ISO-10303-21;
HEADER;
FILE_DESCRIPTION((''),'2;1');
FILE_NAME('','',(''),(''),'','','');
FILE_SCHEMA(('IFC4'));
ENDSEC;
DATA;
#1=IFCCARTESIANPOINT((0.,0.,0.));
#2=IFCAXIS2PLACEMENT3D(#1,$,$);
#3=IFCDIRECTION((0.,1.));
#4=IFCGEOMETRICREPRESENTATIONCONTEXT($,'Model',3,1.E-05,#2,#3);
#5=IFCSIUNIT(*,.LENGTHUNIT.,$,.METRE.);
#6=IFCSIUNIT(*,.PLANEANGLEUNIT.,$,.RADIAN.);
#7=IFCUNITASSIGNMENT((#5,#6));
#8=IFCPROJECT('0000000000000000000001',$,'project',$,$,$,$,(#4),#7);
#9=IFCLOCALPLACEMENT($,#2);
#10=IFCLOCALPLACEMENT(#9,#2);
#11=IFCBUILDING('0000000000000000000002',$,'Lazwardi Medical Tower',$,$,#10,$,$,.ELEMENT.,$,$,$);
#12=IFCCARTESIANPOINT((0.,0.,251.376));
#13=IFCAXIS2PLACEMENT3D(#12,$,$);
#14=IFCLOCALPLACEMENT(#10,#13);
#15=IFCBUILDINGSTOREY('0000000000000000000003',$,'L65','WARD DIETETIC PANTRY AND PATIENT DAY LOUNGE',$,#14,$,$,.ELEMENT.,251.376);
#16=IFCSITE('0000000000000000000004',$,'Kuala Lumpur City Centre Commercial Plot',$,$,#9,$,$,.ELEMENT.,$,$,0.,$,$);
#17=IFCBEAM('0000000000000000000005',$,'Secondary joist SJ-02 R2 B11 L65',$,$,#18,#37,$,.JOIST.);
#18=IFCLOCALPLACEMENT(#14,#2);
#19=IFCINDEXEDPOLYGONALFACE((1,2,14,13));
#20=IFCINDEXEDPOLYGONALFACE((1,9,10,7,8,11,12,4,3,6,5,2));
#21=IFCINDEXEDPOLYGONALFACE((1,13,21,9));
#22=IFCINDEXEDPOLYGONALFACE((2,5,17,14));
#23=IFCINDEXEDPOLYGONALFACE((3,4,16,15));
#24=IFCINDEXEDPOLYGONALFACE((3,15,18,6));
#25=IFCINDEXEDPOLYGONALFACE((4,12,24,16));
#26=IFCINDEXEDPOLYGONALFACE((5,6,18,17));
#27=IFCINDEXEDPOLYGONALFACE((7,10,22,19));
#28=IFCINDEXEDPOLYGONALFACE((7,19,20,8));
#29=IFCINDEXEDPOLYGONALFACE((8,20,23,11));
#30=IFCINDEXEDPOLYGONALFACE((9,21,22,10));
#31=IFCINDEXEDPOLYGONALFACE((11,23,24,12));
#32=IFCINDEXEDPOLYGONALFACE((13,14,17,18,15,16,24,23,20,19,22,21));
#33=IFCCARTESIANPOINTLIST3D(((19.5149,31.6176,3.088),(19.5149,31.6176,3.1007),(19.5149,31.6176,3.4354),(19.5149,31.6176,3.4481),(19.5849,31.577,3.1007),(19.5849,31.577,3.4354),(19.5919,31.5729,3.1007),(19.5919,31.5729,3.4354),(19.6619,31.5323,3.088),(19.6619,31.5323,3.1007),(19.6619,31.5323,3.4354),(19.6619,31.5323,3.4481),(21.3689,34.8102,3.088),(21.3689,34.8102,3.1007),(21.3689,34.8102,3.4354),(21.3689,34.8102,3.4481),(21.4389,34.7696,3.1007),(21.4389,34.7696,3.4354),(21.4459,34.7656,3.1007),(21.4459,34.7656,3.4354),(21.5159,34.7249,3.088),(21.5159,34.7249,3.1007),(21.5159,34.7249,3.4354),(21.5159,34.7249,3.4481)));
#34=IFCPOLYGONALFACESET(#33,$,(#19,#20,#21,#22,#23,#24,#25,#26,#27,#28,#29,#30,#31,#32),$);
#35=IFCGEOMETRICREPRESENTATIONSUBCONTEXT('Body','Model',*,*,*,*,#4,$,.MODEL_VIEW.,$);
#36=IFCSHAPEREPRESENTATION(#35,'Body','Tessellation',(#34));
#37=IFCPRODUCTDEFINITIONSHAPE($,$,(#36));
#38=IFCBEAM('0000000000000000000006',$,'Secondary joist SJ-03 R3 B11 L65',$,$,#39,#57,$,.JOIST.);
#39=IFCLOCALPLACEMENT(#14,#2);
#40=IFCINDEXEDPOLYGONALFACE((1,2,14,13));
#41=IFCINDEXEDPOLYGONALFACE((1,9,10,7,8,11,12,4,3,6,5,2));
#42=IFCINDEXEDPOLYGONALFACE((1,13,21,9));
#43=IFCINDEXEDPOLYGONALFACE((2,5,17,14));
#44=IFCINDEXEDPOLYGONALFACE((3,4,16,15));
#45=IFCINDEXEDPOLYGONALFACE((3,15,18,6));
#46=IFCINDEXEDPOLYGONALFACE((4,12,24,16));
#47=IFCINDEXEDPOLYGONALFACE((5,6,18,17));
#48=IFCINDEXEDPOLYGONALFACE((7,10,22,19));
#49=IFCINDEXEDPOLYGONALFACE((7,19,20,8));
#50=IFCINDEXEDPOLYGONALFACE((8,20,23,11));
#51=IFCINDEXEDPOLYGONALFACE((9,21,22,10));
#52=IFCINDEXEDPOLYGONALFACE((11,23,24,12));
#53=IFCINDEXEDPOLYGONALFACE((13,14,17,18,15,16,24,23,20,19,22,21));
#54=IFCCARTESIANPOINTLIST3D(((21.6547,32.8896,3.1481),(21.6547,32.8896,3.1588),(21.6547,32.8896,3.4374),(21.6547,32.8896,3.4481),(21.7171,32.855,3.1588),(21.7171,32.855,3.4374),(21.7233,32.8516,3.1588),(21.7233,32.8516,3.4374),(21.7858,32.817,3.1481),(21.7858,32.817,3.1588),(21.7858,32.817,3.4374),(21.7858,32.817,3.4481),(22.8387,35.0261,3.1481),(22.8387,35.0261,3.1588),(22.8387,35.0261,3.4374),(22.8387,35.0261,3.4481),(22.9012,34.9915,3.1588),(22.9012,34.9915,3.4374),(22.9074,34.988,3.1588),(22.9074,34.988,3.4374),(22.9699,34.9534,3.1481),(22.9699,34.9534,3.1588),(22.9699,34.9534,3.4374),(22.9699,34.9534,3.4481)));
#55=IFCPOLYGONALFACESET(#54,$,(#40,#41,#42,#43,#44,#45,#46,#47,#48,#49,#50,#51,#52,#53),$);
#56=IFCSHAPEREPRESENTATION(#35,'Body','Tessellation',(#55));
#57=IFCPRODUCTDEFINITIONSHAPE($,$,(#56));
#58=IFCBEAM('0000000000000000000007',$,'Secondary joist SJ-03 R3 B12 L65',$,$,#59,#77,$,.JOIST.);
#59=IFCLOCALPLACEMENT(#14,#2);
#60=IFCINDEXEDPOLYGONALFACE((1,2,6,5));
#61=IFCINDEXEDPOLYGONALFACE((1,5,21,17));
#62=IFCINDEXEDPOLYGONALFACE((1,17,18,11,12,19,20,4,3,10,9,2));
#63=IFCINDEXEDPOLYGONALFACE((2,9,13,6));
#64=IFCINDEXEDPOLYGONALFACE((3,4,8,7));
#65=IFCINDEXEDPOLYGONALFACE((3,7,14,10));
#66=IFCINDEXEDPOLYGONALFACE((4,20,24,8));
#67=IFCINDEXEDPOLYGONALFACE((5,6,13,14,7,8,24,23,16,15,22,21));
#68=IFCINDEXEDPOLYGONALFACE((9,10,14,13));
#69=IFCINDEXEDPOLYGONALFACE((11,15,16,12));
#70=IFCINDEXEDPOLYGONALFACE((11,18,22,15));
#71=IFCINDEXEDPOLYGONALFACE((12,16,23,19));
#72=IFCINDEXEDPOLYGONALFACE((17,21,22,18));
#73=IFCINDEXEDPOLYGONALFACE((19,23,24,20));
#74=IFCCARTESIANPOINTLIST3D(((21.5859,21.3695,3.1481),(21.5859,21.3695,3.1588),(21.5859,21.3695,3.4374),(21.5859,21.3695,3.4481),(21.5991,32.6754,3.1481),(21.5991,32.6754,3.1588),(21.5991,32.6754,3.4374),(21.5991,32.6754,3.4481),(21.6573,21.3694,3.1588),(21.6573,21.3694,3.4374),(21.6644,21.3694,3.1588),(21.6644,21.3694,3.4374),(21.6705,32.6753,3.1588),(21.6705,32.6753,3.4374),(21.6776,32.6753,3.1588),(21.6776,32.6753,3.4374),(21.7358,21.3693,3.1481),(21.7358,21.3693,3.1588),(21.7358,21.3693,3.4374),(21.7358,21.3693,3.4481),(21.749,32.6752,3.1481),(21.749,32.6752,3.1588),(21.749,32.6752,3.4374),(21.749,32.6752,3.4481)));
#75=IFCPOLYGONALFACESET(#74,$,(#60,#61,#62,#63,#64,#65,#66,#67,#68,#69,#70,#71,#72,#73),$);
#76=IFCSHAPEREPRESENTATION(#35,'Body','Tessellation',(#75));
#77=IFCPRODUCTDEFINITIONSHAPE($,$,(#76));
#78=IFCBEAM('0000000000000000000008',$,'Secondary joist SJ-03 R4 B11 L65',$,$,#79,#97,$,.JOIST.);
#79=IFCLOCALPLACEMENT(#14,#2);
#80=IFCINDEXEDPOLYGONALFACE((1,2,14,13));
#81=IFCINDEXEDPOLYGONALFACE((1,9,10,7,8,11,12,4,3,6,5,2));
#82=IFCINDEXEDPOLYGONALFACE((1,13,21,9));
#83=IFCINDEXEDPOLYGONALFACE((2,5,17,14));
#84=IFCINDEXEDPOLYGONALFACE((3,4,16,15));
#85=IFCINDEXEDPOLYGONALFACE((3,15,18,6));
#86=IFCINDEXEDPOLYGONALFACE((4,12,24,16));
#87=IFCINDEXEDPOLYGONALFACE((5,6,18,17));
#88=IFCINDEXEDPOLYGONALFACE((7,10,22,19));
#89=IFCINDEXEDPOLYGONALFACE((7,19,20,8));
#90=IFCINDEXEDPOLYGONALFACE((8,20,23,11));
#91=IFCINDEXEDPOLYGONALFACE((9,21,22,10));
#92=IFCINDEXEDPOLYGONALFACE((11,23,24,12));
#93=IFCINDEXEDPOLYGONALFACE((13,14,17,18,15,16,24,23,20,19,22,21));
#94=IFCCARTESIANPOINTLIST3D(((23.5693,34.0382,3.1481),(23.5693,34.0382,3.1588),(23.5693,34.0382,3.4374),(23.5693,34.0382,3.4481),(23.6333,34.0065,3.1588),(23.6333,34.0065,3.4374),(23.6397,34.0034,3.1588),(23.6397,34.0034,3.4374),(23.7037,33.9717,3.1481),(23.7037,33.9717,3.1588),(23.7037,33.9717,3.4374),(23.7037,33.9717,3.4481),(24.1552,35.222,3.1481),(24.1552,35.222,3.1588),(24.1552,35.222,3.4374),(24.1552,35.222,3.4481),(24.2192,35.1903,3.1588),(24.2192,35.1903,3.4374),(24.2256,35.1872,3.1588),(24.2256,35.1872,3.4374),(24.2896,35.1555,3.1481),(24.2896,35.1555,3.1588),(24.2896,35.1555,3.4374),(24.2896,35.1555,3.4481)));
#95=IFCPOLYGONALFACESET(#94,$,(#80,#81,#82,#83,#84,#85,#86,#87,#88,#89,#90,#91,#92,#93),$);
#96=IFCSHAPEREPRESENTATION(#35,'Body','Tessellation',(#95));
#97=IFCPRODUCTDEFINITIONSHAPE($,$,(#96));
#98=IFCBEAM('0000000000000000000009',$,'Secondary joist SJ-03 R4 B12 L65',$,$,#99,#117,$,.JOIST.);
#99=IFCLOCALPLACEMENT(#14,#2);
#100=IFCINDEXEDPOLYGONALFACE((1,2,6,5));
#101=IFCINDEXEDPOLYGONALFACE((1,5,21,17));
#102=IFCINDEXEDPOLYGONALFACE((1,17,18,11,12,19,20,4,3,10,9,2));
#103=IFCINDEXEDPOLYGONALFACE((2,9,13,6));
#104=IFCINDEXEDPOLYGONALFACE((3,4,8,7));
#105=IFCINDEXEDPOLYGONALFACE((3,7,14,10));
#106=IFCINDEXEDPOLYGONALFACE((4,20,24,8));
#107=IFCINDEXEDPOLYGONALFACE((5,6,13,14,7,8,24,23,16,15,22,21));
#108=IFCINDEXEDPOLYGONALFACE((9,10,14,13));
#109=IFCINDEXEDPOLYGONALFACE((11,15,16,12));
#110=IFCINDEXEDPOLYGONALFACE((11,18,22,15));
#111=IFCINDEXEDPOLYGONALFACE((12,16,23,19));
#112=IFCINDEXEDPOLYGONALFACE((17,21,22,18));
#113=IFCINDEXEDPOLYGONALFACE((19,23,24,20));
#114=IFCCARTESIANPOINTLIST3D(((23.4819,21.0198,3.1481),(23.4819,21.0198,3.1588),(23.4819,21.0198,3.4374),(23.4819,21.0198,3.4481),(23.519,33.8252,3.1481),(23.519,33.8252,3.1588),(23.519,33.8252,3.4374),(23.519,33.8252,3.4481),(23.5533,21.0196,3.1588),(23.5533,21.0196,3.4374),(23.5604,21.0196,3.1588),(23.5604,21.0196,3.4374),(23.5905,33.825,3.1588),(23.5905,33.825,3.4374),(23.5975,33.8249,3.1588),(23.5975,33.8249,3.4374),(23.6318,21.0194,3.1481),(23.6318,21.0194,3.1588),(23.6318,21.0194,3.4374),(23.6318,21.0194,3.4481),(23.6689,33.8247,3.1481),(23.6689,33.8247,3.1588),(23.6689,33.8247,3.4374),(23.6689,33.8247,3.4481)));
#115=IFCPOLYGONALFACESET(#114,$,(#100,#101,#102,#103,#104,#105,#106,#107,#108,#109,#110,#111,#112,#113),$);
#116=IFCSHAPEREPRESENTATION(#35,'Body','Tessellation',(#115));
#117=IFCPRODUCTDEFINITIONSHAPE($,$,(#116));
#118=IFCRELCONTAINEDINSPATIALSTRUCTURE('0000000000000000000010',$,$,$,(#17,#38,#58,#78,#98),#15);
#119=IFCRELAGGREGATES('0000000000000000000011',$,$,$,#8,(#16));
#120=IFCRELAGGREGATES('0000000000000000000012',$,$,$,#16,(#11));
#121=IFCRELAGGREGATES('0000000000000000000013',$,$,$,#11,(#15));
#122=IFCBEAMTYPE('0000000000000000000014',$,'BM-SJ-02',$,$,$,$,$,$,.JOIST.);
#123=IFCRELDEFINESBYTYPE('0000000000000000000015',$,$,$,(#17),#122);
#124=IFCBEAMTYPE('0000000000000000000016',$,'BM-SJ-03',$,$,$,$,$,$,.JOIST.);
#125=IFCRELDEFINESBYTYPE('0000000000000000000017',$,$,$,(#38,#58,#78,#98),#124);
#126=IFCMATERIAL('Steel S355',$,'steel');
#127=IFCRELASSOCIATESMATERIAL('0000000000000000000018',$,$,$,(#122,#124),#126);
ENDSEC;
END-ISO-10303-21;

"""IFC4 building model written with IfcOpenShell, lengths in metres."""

from ifc_helpers import new_model, si_unit, direction, frame, origin, origin_2d, place, context, subcontext, project, spatial, i_section, extrude, material, material_profile, profile_set, type_object, element, save


model = new_model("IFC4")

# Units and contexts
model_context = context("Model", 3, precision=1e-05, world=origin(), true_north=direction((0.0, 1.0)))
body_context = subcontext(model_context, "Body", "Model", "MODEL_VIEW")
ifc_project = project(units=[si_unit("LENGTHUNIT", "METRE"), si_unit("PLANEANGLEUNIT", "RADIAN")], contexts=[model_context])

# Site, building, storey
site_placement = place(None, origin())
site = spatial("IfcSite", under=ifc_project, at=site_placement, Name="Kuala Lumpur City Centre Commercial Plot", CompositionType="ELEMENT", RefElevation=0.0)
building_placement = place(site_placement, origin())
building = spatial("IfcBuilding", under=site, at=building_placement, Name="Lazwardi Medical Tower", CompositionType="ELEMENT")
storey_placement = place(building_placement, frame((0.0, 0.0, 251.376)))
storey = spatial("IfcBuildingStorey", under=building, at=storey_placement, Name="L65", Description="WARD DIETETIC PANTRY AND PATIENT DAY LOUNGE", CompositionType="ELEMENT", Elevation=251.376)

# Beams
ifc_material_1 = material(Name="Steel S355", Category="steel")
ifc_material_profile_1 = material_profile(ifc_material_1, i_section(OverallWidth=0.1699, OverallDepth=0.3601, WebThickness=0.0081, FlangeThickness=0.0127, at=origin_2d()), Name="IPE 360")
ifc_profile_set_1 = profile_set([ifc_material_profile_1], Name="Steel S355")
beam_type_1 = type_object("IfcBeamType", Name="BM-SJ-02", PredefinedType="JOIST", material=ifc_profile_set_1)
beam_1_placement = place(storey_placement, frame((21.4424, 34.7676, 3.2681), z_axis=(-0.50218, -0.864763, 0.0), x_axis=(0.864763, -0.50218, 0.0)))
element("IfcBeam", 1, at=beam_1_placement, inside=storey, type_object=beam_type_1, Name="Secondary joist SJ-02 R2 B11 L65", PredefinedType="JOIST", context=body_context, shape_type="SweptSolid", body=[
    extrude(i_section(OverallWidth=0.1699, OverallDepth=0.3601, WebThickness=0.0081, FlangeThickness=0.0127, at=origin_2d()), origin(), (0.0, 0.0, 1.0), 3.6919),
])
ifc_material_profile_2 = material_profile(ifc_material_1, i_section(OverallWidth=0.1499, OverallDepth=0.3, WebThickness=0.0071, FlangeThickness=0.0107, at=origin_2d()), Name="IPE 300")
ifc_profile_set_2 = profile_set([ifc_material_profile_2], Name="Steel S355")
beam_type_2 = type_object("IfcBeamType", Name="BM-SJ-03", PredefinedType="JOIST", material=ifc_profile_set_2)
beam_2_placement = place(storey_placement, frame((22.9043, 34.9897, 3.2981), z_axis=(-0.484752, -0.874652, 0.0), x_axis=(0.874652, -0.484752, 0.0)))
element("IfcBeam", 2, at=beam_2_placement, inside=storey, type_object=beam_type_2, Name="Secondary joist SJ-03 R3 B11 L65", PredefinedType="JOIST", context=body_context, shape_type="SweptSolid", body=[
    extrude(i_section(OverallWidth=0.1499, OverallDepth=0.3, WebThickness=0.0071, FlangeThickness=0.0107, at=origin_2d()), origin(), (0.0, 0.0, 1.0), 2.4426),
])
beam_3_placement = place(storey_placement, frame((21.6741, 32.6753, 3.2981), z_axis=(-0.001166, -0.999999, 0.0), x_axis=(0.999999, -0.001166, 0.0)))
element("IfcBeam", 3, at=beam_3_placement, inside=storey, type_object=beam_type_2, Name="Secondary joist SJ-03 R3 B12 L65", PredefinedType="JOIST", context=body_context, shape_type="SweptSolid", body=[
    extrude(i_section(OverallWidth=0.1499, OverallDepth=0.3, WebThickness=0.0071, FlangeThickness=0.0107, at=origin_2d()), origin(), (0.0, 0.0, 1.0), 11.3059),
])
beam_4_placement = place(storey_placement, frame((24.2224, 35.1887, 3.2981), z_axis=(-0.443587, -0.896231, 0.0), x_axis=(0.896231, -0.443587, 0.0)))
element("IfcBeam", 4, at=beam_4_placement, inside=storey, type_object=beam_type_2, Name="Secondary joist SJ-03 R4 B11 L65", PredefinedType="JOIST", context=body_context, shape_type="SweptSolid", body=[
    extrude(i_section(OverallWidth=0.1499, OverallDepth=0.3, WebThickness=0.0071, FlangeThickness=0.0107, at=origin_2d()), origin(), (0.0, 0.0, 1.0), 1.3208),
])
beam_5_placement = place(storey_placement, frame((23.594, 33.825, 3.2981), z_axis=(-0.002898, -0.999996, 0.0), x_axis=(0.999996, -0.002898, 0.0)))
element("IfcBeam", 5, at=beam_5_placement, inside=storey, type_object=beam_type_2, Name="Secondary joist SJ-03 R4 B12 L65", PredefinedType="JOIST", context=body_context, shape_type="SweptSolid", body=[
    extrude(i_section(OverallWidth=0.1499, OverallDepth=0.3, WebThickness=0.0071, FlangeThickness=0.0107, at=origin_2d()), origin(), (0.0, 0.0, 1.0), 12.8054),
])

save(model, "model.ifc")
